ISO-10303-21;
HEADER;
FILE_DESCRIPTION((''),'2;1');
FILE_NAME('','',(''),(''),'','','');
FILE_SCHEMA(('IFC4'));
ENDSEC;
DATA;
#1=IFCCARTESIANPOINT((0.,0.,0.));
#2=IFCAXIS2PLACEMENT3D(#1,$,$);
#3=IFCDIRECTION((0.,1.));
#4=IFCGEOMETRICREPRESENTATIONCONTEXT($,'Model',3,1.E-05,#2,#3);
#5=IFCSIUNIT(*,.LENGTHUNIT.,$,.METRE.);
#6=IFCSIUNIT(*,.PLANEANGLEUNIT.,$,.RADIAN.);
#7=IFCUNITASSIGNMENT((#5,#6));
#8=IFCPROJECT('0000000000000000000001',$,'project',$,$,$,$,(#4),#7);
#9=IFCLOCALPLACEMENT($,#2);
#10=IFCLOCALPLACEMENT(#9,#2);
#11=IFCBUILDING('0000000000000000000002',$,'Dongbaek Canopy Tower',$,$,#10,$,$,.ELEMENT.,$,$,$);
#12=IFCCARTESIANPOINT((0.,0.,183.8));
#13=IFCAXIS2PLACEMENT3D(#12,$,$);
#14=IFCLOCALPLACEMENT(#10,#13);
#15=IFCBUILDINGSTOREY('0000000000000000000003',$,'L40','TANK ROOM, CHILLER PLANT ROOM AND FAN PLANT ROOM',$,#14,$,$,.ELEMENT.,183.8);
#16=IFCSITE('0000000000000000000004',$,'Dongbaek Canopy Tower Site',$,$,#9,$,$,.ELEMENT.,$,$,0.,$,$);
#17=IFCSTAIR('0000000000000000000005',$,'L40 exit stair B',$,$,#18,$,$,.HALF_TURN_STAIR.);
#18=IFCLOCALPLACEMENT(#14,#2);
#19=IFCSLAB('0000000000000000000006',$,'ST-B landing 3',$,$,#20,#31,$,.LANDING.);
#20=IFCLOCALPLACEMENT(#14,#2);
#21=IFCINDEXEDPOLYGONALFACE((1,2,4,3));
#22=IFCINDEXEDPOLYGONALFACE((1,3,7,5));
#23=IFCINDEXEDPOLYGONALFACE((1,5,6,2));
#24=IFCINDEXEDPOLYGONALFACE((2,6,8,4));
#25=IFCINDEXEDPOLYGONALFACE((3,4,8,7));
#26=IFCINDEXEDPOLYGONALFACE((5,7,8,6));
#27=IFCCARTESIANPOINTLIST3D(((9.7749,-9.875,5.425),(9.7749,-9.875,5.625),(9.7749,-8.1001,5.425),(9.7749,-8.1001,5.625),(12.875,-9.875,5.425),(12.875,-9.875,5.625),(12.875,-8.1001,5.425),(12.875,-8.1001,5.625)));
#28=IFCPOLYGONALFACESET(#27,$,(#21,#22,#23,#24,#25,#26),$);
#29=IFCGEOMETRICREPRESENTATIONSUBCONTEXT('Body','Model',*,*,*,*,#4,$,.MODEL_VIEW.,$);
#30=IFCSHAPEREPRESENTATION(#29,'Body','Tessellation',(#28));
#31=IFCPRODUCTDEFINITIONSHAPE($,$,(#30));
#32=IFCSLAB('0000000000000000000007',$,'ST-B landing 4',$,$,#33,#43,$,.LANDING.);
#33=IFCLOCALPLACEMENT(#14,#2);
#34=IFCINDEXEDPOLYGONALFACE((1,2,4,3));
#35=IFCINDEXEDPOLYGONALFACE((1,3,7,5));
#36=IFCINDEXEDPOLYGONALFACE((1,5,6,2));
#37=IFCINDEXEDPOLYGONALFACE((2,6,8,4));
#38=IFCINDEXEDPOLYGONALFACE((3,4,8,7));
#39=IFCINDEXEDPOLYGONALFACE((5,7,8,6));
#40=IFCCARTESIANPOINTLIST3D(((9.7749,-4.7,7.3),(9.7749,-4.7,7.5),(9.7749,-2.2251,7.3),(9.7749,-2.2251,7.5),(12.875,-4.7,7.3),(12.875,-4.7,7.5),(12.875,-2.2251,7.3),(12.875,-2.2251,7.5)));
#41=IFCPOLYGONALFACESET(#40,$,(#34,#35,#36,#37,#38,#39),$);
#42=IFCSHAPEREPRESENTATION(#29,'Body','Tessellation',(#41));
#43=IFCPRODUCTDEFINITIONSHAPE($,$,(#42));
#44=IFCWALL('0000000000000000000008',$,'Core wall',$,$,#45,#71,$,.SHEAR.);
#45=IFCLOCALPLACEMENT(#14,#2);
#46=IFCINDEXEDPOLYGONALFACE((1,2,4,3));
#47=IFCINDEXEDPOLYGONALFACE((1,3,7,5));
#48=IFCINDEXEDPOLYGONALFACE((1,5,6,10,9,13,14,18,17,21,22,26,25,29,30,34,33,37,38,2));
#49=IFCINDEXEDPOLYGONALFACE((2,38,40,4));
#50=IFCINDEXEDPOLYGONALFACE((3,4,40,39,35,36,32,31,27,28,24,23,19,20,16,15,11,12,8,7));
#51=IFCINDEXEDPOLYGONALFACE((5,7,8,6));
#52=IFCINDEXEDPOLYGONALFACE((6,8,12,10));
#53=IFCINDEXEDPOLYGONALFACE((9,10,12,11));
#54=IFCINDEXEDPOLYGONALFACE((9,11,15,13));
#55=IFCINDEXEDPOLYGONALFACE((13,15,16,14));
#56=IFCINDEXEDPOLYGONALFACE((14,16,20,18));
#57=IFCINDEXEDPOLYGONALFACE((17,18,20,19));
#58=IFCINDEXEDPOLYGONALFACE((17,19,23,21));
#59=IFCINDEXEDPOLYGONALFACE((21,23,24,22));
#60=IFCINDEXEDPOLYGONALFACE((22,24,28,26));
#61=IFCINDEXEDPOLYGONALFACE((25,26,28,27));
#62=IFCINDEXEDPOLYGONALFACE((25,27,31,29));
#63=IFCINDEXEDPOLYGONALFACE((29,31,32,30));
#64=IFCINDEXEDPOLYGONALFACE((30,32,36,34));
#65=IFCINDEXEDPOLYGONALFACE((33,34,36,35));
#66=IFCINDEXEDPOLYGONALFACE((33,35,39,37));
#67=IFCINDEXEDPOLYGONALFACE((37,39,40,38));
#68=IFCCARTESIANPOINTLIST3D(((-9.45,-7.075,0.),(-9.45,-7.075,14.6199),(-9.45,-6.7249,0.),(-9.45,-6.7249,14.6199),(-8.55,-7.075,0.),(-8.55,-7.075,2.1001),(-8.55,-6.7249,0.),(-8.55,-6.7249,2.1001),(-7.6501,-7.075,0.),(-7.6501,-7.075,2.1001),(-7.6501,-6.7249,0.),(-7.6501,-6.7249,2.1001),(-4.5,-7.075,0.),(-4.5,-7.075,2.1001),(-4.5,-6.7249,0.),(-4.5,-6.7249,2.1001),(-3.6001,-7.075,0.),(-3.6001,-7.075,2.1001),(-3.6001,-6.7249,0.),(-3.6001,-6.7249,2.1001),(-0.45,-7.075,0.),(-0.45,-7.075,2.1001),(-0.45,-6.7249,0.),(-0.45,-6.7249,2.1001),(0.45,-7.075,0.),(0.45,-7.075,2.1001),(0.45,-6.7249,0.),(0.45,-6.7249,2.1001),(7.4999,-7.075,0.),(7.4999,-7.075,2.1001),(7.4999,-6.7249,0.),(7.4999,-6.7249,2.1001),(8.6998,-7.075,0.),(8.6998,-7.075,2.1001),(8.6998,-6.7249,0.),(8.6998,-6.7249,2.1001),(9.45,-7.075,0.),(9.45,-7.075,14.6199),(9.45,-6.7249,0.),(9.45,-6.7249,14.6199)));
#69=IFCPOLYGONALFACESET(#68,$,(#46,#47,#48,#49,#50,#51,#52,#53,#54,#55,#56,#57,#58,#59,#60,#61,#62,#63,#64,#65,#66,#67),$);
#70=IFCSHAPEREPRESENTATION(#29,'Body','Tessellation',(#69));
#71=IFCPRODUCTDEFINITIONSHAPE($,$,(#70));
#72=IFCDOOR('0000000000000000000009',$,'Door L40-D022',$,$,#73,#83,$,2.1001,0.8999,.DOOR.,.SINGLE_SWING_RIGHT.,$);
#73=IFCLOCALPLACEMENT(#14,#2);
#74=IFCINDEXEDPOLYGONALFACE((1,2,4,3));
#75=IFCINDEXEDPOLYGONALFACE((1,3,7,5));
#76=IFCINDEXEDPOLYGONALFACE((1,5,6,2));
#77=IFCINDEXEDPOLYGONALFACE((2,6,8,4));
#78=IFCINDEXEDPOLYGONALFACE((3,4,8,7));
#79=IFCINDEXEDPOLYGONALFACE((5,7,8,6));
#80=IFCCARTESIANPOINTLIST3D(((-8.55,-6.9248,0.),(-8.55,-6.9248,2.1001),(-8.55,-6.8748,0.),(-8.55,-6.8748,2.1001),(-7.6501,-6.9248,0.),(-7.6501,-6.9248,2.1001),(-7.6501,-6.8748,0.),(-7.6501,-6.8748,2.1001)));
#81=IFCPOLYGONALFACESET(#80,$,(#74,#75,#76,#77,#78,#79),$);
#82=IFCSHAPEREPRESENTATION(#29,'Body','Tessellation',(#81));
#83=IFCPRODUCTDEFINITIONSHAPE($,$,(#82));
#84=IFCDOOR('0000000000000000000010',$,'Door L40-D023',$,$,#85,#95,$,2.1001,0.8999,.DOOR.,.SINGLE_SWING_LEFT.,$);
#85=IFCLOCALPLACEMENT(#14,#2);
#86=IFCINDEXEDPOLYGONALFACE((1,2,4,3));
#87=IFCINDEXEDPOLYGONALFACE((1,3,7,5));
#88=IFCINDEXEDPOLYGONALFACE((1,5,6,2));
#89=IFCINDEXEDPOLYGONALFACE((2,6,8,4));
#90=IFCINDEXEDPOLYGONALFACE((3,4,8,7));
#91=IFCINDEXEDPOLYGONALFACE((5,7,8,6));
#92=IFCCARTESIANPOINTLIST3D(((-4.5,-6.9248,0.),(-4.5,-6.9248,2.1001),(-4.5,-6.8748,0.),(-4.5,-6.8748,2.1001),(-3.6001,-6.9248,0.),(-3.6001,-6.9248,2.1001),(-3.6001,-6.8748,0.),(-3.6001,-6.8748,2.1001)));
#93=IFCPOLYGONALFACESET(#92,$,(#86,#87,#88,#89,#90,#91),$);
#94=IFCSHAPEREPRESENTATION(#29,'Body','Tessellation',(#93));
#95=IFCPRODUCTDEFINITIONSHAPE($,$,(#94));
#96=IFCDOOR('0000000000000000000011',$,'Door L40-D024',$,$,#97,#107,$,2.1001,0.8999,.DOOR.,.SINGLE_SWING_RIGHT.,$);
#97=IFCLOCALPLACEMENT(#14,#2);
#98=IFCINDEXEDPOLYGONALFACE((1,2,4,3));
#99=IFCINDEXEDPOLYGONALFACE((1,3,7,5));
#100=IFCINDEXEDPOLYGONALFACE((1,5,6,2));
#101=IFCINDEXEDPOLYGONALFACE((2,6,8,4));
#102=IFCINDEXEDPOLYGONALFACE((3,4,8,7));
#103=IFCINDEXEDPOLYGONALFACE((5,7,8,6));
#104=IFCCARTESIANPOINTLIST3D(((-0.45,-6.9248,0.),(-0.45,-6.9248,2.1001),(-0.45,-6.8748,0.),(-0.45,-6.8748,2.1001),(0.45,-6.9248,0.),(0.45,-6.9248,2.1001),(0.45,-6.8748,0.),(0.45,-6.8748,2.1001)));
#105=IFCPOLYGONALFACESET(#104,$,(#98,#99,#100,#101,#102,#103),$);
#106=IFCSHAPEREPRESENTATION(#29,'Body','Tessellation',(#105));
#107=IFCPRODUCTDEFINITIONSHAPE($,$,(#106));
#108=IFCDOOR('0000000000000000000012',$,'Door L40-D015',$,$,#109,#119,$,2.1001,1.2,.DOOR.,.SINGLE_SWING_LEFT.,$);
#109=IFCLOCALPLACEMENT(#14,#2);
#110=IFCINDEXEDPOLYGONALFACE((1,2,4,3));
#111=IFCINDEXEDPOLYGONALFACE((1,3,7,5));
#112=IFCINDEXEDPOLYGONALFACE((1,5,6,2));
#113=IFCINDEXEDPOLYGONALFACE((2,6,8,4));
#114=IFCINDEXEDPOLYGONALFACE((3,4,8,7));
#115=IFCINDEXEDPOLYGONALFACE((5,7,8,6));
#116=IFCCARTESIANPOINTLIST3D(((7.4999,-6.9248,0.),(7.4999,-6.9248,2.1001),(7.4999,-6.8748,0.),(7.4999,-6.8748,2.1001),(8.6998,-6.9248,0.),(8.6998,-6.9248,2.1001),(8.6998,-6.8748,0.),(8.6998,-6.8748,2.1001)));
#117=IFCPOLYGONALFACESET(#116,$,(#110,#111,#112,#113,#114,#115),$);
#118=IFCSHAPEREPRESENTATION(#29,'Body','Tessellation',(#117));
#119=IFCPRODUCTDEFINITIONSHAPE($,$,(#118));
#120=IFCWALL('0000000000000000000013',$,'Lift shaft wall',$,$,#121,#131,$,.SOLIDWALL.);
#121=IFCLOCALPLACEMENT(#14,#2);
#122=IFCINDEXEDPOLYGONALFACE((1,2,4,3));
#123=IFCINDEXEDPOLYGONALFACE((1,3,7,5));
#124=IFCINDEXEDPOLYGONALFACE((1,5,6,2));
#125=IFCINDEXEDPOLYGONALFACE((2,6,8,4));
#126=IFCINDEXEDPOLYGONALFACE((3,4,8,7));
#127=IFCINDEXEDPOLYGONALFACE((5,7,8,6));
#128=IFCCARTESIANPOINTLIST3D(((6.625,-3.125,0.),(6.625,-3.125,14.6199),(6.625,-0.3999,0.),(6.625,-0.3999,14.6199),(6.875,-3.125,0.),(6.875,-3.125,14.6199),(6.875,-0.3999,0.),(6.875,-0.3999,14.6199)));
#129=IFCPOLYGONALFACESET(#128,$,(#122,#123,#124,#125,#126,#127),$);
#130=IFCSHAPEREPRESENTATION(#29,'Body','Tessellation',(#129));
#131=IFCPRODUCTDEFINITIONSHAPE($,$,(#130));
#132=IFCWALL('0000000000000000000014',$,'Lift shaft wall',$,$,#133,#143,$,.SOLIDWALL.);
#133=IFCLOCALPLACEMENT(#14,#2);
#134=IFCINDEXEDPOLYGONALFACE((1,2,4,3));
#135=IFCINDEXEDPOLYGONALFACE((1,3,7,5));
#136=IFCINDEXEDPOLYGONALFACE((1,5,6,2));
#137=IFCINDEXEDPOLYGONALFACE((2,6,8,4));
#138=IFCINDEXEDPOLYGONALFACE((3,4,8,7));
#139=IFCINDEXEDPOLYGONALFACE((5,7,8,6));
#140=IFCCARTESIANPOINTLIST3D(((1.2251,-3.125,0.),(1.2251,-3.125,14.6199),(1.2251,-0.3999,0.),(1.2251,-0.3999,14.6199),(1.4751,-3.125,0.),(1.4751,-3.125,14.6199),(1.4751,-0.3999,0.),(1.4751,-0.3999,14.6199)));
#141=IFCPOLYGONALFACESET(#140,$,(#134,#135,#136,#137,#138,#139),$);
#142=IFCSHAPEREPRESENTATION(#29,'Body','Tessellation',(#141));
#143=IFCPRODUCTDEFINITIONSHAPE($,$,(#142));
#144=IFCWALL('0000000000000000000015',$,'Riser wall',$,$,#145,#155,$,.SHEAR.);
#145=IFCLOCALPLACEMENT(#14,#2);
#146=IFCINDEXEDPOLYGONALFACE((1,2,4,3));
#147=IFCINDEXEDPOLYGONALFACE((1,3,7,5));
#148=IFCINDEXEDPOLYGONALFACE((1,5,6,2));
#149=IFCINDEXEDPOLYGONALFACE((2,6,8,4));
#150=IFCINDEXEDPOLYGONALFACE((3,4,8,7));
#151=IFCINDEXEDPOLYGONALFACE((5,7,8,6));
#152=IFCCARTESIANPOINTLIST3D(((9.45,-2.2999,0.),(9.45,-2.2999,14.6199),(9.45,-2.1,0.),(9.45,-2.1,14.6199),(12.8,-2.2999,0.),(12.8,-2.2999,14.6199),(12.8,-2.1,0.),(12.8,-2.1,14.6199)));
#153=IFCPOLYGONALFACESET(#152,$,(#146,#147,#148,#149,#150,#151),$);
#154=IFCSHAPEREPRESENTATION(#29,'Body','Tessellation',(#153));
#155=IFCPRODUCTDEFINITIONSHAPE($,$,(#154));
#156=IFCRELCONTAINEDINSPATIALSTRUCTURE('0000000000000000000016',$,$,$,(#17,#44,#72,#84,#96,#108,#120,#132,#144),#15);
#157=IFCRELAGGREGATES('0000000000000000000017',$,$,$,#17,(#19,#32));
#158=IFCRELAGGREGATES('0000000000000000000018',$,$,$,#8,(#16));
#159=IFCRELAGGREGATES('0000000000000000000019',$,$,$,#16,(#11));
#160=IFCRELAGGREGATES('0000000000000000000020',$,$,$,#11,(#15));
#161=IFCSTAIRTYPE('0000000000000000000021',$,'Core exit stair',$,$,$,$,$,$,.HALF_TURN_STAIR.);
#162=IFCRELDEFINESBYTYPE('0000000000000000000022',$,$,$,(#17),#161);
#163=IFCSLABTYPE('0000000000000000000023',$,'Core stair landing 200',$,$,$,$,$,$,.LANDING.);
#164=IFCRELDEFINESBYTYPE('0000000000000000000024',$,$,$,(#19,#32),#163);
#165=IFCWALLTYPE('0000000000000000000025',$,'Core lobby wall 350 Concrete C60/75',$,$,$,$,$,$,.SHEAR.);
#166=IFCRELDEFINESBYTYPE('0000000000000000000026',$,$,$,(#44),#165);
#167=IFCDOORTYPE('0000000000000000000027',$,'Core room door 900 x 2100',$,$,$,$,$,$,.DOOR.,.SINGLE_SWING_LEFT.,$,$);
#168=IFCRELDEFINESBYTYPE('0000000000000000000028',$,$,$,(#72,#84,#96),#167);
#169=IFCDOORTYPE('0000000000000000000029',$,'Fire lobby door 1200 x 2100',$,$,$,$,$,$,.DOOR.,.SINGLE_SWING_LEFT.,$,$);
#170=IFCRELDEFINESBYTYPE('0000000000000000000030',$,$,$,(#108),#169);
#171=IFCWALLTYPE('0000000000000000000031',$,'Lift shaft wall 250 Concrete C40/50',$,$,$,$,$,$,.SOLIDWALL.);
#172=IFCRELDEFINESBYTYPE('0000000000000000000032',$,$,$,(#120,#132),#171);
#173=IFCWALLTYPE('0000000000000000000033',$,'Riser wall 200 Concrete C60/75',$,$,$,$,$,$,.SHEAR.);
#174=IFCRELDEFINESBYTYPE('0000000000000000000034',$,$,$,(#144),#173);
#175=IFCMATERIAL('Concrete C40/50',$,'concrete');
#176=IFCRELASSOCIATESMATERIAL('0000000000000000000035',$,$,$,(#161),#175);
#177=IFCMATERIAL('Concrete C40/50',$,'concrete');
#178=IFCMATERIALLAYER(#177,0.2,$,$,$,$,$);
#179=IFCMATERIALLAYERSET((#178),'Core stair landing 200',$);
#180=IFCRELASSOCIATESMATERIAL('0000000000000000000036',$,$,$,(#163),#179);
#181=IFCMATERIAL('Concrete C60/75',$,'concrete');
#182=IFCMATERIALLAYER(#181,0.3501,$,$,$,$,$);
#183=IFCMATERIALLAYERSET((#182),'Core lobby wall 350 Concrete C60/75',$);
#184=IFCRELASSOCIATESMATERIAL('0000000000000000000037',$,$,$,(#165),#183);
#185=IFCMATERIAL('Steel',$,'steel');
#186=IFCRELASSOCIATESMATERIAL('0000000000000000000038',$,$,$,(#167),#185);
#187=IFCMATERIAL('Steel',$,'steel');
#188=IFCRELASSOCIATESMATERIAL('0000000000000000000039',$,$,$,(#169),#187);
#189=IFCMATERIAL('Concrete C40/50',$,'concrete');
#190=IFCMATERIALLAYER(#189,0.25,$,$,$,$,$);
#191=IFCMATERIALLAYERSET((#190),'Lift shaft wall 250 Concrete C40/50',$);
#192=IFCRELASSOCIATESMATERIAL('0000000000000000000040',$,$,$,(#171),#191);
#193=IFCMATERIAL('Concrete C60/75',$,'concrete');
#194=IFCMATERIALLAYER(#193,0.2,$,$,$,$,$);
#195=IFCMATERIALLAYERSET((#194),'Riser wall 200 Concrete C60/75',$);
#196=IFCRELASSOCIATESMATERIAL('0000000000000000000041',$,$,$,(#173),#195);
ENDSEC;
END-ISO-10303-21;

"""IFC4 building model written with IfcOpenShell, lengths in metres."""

from ifc_helpers import new_model, si_unit, direction, frame, frame_2d, origin, place, context, subcontext, project, spatial, polyline, rectangle, outline, extrude, material, layer, layer_set, type_object, element, fill, aggregate, save


model = new_model("IFC4")

# Units and contexts
model_context = context("Model", 3, precision=1e-05, world=origin(), true_north=direction((0.0, 1.0)))
body_context = subcontext(model_context, "Body", "Model", "MODEL_VIEW")
ifc_project = project(units=[si_unit("LENGTHUNIT", "METRE"), si_unit("PLANEANGLEUNIT", "RADIAN")], contexts=[model_context])

# Site, building, storey
site_placement = place(None, origin())
site = spatial("IfcSite", under=ifc_project, at=site_placement, Name="Dongbaek Canopy Tower Site", CompositionType="ELEMENT", RefElevation=0.0)
building_placement = place(site_placement, origin())
building = spatial("IfcBuilding", under=site, at=building_placement, Name="Dongbaek Canopy Tower", CompositionType="ELEMENT")
storey_placement = place(building_placement, frame((0.0, 0.0, 183.8)))
storey = spatial("IfcBuildingStorey", under=building, at=storey_placement, Name="L40", Description="TANK ROOM, CHILLER PLANT ROOM AND FAN PLANT ROOM", CompositionType="ELEMENT", Elevation=183.8)

# Stair, slabs
ifc_material_1 = material(Name="Concrete C40/50", Category="concrete")
stair_type = type_object("IfcStairType", Name="Core exit stair", PredefinedType="HALF_TURN_STAIR", material=ifc_material_1)
stair_placement = place(storey_placement, origin())
stair = element("IfcStair", 1, at=stair_placement, inside=storey, type_object=stair_type, Name="L40 exit stair B", PredefinedType="HALF_TURN_STAIR")
ifc_material_2 = material(Name="Concrete C40/50", Category="concrete")
ifc_layer_1 = layer(ifc_material_2, 0.2)
ifc_layer_set_1 = layer_set([ifc_layer_1], Name="Core stair landing 200")
slab_type = type_object("IfcSlabType", Name="Core stair landing 200", PredefinedType="LANDING", material=ifc_layer_set_1)
slab_1_placement = place(storey_placement, frame((0.0, 0.0, 5.425)))
slab_1 = element("IfcSlab", 2, at=slab_1_placement, type_object=slab_type, Name="ST-B landing 3", PredefinedType="LANDING", context=body_context, shape_type="SweptSolid", body=[
    extrude(outline(polyline([(9.7749, -8.1001), (9.7749, -9.875), (12.875, -9.875), (12.875, -8.1001), (9.7749, -8.1001)])), origin(), (0.0, 0.0, 1.0), 0.2),
])
slab_2_placement = place(storey_placement, frame((0.0, 0.0, 7.3)))
slab_2 = element("IfcSlab", 3, at=slab_2_placement, type_object=slab_type, Name="ST-B landing 4", PredefinedType="LANDING", context=body_context, shape_type="SweptSolid", body=[
    extrude(outline(polyline([(9.7749, -2.2251), (9.7749, -4.7), (12.875, -4.7), (12.875, -2.2251), (9.7749, -2.2251)])), origin(), (0.0, 0.0, 1.0), 0.2),
])

# Wall, openings, doors
ifc_material_3 = material(Name="Concrete C60/75", Category="concrete")
ifc_layer_2 = layer(ifc_material_3, 0.3501)
ifc_layer_set_2 = layer_set([ifc_layer_2], Name="Core lobby wall 350 Concrete C60/75")
wall_type_1 = type_object("IfcWallType", Name="Core lobby wall 350 Concrete C60/75", PredefinedType="SHEAR", material=ifc_layer_set_2)
wall_1_placement = place(storey_placement, frame((9.45, -6.8999, 0.0), z_axis=(0.0, 0.0, 1.0), x_axis=(-1.0, 0.0, 0.0)))
wall_1 = element("IfcWall", 4, at=wall_1_placement, inside=storey, type_object=wall_type_1, Name="Core wall", PredefinedType="SHEAR", context=body_context, shape_type="SweptSolid", body=[
    extrude(rectangle(XDim=18.8999, YDim=0.3501, at=frame_2d((9.45, 0.0))), origin(), (0.0, 0.0, 1.0), 14.6199),
])
opening_1_placement = place(wall_1_placement, frame((0.75, 0.0, 0.0)))
opening_1 = element("IfcOpeningElement", 5, at=opening_1_placement, cuts=wall_1, PredefinedType="OPENING", context=body_context, shape_type="SweptSolid", body=[
    extrude(rectangle(XDim=1.2, YDim=2.1001, at=frame_2d((0.6001, 1.05))), frame((0.0, 0.1851, 0.0), z_axis=(0.0, -1.0, 0.0), x_axis=(1.0, 0.0, 0.0)), (0.0, 0.0, 1.0), 0.3701),
])
opening_2_placement = place(wall_1_placement, frame((17.1001, 0.0, 0.0)))
opening_2 = element("IfcOpeningElement", 6, at=opening_2_placement, cuts=wall_1, PredefinedType="OPENING", context=body_context, shape_type="SweptSolid", body=[
    extrude(rectangle(XDim=0.8999, YDim=2.1001, at=frame_2d((0.45, 1.05))), frame((0.0, 0.1851, 0.0), z_axis=(0.0, -1.0, 0.0), x_axis=(1.0, 0.0, 0.0)), (0.0, 0.0, 1.0), 0.3701),
])
opening_3_placement = place(wall_1_placement, frame((13.05, 0.0, 0.0)))
opening_3 = element("IfcOpeningElement", 7, at=opening_3_placement, cuts=wall_1, PredefinedType="OPENING", context=body_context, shape_type="SweptSolid", body=[
    extrude(rectangle(XDim=0.8999, YDim=2.1001, at=frame_2d((0.45, 1.05))), frame((0.0, 0.1851, 0.0), z_axis=(0.0, -1.0, 0.0), x_axis=(1.0, 0.0, 0.0)), (0.0, 0.0, 1.0), 0.3701),
])
opening_4_placement = place(wall_1_placement, frame((9.0, 0.0, 0.0)))
opening_4 = element("IfcOpeningElement", 8, at=opening_4_placement, cuts=wall_1, PredefinedType="OPENING", context=body_context, shape_type="SweptSolid", body=[
    extrude(rectangle(XDim=0.8999, YDim=2.1001, at=frame_2d((0.45, 1.05))), frame((0.0, 0.1851, 0.0), z_axis=(0.0, -1.0, 0.0), x_axis=(1.0, 0.0, 0.0)), (0.0, 0.0, 1.0), 0.3701),
])
ifc_material_4 = material(Name="Steel", Category="steel")
door_type_1 = type_object("IfcDoorType", Name="Core room door 900 x 2100", OperationType="SINGLE_SWING_LEFT", PredefinedType="DOOR", material=ifc_material_4)
door_1_placement = place(opening_2_placement, origin())
door_1 = element("IfcDoor", 9, at=door_1_placement, inside=storey, type_object=door_type_1, Name="Door L40-D022", OperationType="SINGLE_SWING_RIGHT", OverallHeight=2.1001, OverallWidth=0.8999, PredefinedType="DOOR", context=body_context, shape_type="SweptSolid", body=[
    extrude(rectangle(XDim=0.8999, YDim=2.1001, at=frame_2d((0.45, 1.05))), frame((0.0, 0.0249, 0.0), z_axis=(0.0, -1.0, 0.0), x_axis=(1.0, 0.0, 0.0)), (0.0, 0.0, 1.0), 0.05),
])
fill(opening_2, door_1)
door_2_placement = place(opening_3_placement, origin())
door_2 = element("IfcDoor", 10, at=door_2_placement, inside=storey, type_object=door_type_1, Name="Door L40-D023", OperationType="SINGLE_SWING_LEFT", OverallHeight=2.1001, OverallWidth=0.8999, PredefinedType="DOOR", context=body_context, shape_type="SweptSolid", body=[
    extrude(rectangle(XDim=0.8999, YDim=2.1001, at=frame_2d((0.45, 1.05))), frame((0.0, 0.0249, 0.0), z_axis=(0.0, -1.0, 0.0), x_axis=(1.0, 0.0, 0.0)), (0.0, 0.0, 1.0), 0.05),
])
fill(opening_3, door_2)
door_3_placement = place(opening_4_placement, origin())
door_3 = element("IfcDoor", 11, at=door_3_placement, inside=storey, type_object=door_type_1, Name="Door L40-D024", OperationType="SINGLE_SWING_RIGHT", OverallHeight=2.1001, OverallWidth=0.8999, PredefinedType="DOOR", context=body_context, shape_type="SweptSolid", body=[
    extrude(rectangle(XDim=0.8999, YDim=2.1001, at=frame_2d((0.45, 1.05))), frame((0.0, 0.0249, 0.0), z_axis=(0.0, -1.0, 0.0), x_axis=(1.0, 0.0, 0.0)), (0.0, 0.0, 1.0), 0.05),
])
fill(opening_4, door_3)
ifc_material_5 = material(Name="Steel", Category="steel")
door_type_2 = type_object("IfcDoorType", Name="Fire lobby door 1200 x 2100", OperationType="SINGLE_SWING_LEFT", PredefinedType="DOOR", material=ifc_material_5)
door_4_placement = place(opening_1_placement, origin())
door_4 = element("IfcDoor", 12, at=door_4_placement, inside=storey, type_object=door_type_2, Name="Door L40-D015", OperationType="SINGLE_SWING_LEFT", OverallHeight=2.1001, OverallWidth=1.2, PredefinedType="DOOR", context=body_context, shape_type="SweptSolid", body=[
    extrude(rectangle(XDim=1.2, YDim=2.1001, at=frame_2d((0.6001, 1.05))), frame((0.0, 0.0249, 0.0), z_axis=(0.0, -1.0, 0.0), x_axis=(1.0, 0.0, 0.0)), (0.0, 0.0, 1.0), 0.05),
])
fill(opening_1, door_4)

# Walls
ifc_material_6 = material(Name="Concrete C40/50", Category="concrete")
ifc_layer_3 = layer(ifc_material_6, 0.25)
ifc_layer_set_3 = layer_set([ifc_layer_3], Name="Lift shaft wall 250 Concrete C40/50")
wall_type_2 = type_object("IfcWallType", Name="Lift shaft wall 250 Concrete C40/50", PredefinedType="SOLIDWALL", material=ifc_layer_set_3)
for number, where, z_axis, x_axis, name in (
    (13, (6.75, -3.125, 0.0), (0.0, 0.0, 1.0), (0.0, 1.0, 0.0), "Lift shaft wall"),
    (14, (1.3501, -3.125, 0.0), (0.0, 0.0, 1.0), (0.0, 1.0, 0.0), "Lift shaft wall"),
):
    element("IfcWall", number, at=place(storey_placement, frame(where, z_axis=z_axis, x_axis=x_axis)), inside=storey, type_object=wall_type_2, Name=name, PredefinedType="SOLIDWALL", context=body_context, shape_type="SweptSolid", body=[
        extrude(rectangle(XDim=2.7251, YDim=0.25, at=frame_2d((1.3625, 0.0))), origin(), (0.0, 0.0, 1.0), 14.6199),
    ])
ifc_material_7 = material(Name="Concrete C60/75", Category="concrete")
ifc_layer_4 = layer(ifc_material_7, 0.2)
ifc_layer_set_4 = layer_set([ifc_layer_4], Name="Riser wall 200 Concrete C60/75")
wall_type_3 = type_object("IfcWallType", Name="Riser wall 200 Concrete C60/75", PredefinedType="SHEAR", material=ifc_layer_set_4)
wall_2_placement = place(storey_placement, frame((9.45, -2.2, 0.0), z_axis=(0.0, 0.0, 1.0), x_axis=(1.0, 0.0, 0.0)))
element("IfcWall", 15, at=wall_2_placement, inside=storey, type_object=wall_type_3, Name="Riser wall", PredefinedType="SHEAR", context=body_context, shape_type="SweptSolid", body=[
    extrude(rectangle(XDim=3.3501, YDim=0.2, at=frame_2d((1.675, 0.0))), origin(), (0.0, 0.0, 1.0), 14.6199),
])

aggregate(stair, [slab_1, slab_2])

save(model, "model.ifc")
